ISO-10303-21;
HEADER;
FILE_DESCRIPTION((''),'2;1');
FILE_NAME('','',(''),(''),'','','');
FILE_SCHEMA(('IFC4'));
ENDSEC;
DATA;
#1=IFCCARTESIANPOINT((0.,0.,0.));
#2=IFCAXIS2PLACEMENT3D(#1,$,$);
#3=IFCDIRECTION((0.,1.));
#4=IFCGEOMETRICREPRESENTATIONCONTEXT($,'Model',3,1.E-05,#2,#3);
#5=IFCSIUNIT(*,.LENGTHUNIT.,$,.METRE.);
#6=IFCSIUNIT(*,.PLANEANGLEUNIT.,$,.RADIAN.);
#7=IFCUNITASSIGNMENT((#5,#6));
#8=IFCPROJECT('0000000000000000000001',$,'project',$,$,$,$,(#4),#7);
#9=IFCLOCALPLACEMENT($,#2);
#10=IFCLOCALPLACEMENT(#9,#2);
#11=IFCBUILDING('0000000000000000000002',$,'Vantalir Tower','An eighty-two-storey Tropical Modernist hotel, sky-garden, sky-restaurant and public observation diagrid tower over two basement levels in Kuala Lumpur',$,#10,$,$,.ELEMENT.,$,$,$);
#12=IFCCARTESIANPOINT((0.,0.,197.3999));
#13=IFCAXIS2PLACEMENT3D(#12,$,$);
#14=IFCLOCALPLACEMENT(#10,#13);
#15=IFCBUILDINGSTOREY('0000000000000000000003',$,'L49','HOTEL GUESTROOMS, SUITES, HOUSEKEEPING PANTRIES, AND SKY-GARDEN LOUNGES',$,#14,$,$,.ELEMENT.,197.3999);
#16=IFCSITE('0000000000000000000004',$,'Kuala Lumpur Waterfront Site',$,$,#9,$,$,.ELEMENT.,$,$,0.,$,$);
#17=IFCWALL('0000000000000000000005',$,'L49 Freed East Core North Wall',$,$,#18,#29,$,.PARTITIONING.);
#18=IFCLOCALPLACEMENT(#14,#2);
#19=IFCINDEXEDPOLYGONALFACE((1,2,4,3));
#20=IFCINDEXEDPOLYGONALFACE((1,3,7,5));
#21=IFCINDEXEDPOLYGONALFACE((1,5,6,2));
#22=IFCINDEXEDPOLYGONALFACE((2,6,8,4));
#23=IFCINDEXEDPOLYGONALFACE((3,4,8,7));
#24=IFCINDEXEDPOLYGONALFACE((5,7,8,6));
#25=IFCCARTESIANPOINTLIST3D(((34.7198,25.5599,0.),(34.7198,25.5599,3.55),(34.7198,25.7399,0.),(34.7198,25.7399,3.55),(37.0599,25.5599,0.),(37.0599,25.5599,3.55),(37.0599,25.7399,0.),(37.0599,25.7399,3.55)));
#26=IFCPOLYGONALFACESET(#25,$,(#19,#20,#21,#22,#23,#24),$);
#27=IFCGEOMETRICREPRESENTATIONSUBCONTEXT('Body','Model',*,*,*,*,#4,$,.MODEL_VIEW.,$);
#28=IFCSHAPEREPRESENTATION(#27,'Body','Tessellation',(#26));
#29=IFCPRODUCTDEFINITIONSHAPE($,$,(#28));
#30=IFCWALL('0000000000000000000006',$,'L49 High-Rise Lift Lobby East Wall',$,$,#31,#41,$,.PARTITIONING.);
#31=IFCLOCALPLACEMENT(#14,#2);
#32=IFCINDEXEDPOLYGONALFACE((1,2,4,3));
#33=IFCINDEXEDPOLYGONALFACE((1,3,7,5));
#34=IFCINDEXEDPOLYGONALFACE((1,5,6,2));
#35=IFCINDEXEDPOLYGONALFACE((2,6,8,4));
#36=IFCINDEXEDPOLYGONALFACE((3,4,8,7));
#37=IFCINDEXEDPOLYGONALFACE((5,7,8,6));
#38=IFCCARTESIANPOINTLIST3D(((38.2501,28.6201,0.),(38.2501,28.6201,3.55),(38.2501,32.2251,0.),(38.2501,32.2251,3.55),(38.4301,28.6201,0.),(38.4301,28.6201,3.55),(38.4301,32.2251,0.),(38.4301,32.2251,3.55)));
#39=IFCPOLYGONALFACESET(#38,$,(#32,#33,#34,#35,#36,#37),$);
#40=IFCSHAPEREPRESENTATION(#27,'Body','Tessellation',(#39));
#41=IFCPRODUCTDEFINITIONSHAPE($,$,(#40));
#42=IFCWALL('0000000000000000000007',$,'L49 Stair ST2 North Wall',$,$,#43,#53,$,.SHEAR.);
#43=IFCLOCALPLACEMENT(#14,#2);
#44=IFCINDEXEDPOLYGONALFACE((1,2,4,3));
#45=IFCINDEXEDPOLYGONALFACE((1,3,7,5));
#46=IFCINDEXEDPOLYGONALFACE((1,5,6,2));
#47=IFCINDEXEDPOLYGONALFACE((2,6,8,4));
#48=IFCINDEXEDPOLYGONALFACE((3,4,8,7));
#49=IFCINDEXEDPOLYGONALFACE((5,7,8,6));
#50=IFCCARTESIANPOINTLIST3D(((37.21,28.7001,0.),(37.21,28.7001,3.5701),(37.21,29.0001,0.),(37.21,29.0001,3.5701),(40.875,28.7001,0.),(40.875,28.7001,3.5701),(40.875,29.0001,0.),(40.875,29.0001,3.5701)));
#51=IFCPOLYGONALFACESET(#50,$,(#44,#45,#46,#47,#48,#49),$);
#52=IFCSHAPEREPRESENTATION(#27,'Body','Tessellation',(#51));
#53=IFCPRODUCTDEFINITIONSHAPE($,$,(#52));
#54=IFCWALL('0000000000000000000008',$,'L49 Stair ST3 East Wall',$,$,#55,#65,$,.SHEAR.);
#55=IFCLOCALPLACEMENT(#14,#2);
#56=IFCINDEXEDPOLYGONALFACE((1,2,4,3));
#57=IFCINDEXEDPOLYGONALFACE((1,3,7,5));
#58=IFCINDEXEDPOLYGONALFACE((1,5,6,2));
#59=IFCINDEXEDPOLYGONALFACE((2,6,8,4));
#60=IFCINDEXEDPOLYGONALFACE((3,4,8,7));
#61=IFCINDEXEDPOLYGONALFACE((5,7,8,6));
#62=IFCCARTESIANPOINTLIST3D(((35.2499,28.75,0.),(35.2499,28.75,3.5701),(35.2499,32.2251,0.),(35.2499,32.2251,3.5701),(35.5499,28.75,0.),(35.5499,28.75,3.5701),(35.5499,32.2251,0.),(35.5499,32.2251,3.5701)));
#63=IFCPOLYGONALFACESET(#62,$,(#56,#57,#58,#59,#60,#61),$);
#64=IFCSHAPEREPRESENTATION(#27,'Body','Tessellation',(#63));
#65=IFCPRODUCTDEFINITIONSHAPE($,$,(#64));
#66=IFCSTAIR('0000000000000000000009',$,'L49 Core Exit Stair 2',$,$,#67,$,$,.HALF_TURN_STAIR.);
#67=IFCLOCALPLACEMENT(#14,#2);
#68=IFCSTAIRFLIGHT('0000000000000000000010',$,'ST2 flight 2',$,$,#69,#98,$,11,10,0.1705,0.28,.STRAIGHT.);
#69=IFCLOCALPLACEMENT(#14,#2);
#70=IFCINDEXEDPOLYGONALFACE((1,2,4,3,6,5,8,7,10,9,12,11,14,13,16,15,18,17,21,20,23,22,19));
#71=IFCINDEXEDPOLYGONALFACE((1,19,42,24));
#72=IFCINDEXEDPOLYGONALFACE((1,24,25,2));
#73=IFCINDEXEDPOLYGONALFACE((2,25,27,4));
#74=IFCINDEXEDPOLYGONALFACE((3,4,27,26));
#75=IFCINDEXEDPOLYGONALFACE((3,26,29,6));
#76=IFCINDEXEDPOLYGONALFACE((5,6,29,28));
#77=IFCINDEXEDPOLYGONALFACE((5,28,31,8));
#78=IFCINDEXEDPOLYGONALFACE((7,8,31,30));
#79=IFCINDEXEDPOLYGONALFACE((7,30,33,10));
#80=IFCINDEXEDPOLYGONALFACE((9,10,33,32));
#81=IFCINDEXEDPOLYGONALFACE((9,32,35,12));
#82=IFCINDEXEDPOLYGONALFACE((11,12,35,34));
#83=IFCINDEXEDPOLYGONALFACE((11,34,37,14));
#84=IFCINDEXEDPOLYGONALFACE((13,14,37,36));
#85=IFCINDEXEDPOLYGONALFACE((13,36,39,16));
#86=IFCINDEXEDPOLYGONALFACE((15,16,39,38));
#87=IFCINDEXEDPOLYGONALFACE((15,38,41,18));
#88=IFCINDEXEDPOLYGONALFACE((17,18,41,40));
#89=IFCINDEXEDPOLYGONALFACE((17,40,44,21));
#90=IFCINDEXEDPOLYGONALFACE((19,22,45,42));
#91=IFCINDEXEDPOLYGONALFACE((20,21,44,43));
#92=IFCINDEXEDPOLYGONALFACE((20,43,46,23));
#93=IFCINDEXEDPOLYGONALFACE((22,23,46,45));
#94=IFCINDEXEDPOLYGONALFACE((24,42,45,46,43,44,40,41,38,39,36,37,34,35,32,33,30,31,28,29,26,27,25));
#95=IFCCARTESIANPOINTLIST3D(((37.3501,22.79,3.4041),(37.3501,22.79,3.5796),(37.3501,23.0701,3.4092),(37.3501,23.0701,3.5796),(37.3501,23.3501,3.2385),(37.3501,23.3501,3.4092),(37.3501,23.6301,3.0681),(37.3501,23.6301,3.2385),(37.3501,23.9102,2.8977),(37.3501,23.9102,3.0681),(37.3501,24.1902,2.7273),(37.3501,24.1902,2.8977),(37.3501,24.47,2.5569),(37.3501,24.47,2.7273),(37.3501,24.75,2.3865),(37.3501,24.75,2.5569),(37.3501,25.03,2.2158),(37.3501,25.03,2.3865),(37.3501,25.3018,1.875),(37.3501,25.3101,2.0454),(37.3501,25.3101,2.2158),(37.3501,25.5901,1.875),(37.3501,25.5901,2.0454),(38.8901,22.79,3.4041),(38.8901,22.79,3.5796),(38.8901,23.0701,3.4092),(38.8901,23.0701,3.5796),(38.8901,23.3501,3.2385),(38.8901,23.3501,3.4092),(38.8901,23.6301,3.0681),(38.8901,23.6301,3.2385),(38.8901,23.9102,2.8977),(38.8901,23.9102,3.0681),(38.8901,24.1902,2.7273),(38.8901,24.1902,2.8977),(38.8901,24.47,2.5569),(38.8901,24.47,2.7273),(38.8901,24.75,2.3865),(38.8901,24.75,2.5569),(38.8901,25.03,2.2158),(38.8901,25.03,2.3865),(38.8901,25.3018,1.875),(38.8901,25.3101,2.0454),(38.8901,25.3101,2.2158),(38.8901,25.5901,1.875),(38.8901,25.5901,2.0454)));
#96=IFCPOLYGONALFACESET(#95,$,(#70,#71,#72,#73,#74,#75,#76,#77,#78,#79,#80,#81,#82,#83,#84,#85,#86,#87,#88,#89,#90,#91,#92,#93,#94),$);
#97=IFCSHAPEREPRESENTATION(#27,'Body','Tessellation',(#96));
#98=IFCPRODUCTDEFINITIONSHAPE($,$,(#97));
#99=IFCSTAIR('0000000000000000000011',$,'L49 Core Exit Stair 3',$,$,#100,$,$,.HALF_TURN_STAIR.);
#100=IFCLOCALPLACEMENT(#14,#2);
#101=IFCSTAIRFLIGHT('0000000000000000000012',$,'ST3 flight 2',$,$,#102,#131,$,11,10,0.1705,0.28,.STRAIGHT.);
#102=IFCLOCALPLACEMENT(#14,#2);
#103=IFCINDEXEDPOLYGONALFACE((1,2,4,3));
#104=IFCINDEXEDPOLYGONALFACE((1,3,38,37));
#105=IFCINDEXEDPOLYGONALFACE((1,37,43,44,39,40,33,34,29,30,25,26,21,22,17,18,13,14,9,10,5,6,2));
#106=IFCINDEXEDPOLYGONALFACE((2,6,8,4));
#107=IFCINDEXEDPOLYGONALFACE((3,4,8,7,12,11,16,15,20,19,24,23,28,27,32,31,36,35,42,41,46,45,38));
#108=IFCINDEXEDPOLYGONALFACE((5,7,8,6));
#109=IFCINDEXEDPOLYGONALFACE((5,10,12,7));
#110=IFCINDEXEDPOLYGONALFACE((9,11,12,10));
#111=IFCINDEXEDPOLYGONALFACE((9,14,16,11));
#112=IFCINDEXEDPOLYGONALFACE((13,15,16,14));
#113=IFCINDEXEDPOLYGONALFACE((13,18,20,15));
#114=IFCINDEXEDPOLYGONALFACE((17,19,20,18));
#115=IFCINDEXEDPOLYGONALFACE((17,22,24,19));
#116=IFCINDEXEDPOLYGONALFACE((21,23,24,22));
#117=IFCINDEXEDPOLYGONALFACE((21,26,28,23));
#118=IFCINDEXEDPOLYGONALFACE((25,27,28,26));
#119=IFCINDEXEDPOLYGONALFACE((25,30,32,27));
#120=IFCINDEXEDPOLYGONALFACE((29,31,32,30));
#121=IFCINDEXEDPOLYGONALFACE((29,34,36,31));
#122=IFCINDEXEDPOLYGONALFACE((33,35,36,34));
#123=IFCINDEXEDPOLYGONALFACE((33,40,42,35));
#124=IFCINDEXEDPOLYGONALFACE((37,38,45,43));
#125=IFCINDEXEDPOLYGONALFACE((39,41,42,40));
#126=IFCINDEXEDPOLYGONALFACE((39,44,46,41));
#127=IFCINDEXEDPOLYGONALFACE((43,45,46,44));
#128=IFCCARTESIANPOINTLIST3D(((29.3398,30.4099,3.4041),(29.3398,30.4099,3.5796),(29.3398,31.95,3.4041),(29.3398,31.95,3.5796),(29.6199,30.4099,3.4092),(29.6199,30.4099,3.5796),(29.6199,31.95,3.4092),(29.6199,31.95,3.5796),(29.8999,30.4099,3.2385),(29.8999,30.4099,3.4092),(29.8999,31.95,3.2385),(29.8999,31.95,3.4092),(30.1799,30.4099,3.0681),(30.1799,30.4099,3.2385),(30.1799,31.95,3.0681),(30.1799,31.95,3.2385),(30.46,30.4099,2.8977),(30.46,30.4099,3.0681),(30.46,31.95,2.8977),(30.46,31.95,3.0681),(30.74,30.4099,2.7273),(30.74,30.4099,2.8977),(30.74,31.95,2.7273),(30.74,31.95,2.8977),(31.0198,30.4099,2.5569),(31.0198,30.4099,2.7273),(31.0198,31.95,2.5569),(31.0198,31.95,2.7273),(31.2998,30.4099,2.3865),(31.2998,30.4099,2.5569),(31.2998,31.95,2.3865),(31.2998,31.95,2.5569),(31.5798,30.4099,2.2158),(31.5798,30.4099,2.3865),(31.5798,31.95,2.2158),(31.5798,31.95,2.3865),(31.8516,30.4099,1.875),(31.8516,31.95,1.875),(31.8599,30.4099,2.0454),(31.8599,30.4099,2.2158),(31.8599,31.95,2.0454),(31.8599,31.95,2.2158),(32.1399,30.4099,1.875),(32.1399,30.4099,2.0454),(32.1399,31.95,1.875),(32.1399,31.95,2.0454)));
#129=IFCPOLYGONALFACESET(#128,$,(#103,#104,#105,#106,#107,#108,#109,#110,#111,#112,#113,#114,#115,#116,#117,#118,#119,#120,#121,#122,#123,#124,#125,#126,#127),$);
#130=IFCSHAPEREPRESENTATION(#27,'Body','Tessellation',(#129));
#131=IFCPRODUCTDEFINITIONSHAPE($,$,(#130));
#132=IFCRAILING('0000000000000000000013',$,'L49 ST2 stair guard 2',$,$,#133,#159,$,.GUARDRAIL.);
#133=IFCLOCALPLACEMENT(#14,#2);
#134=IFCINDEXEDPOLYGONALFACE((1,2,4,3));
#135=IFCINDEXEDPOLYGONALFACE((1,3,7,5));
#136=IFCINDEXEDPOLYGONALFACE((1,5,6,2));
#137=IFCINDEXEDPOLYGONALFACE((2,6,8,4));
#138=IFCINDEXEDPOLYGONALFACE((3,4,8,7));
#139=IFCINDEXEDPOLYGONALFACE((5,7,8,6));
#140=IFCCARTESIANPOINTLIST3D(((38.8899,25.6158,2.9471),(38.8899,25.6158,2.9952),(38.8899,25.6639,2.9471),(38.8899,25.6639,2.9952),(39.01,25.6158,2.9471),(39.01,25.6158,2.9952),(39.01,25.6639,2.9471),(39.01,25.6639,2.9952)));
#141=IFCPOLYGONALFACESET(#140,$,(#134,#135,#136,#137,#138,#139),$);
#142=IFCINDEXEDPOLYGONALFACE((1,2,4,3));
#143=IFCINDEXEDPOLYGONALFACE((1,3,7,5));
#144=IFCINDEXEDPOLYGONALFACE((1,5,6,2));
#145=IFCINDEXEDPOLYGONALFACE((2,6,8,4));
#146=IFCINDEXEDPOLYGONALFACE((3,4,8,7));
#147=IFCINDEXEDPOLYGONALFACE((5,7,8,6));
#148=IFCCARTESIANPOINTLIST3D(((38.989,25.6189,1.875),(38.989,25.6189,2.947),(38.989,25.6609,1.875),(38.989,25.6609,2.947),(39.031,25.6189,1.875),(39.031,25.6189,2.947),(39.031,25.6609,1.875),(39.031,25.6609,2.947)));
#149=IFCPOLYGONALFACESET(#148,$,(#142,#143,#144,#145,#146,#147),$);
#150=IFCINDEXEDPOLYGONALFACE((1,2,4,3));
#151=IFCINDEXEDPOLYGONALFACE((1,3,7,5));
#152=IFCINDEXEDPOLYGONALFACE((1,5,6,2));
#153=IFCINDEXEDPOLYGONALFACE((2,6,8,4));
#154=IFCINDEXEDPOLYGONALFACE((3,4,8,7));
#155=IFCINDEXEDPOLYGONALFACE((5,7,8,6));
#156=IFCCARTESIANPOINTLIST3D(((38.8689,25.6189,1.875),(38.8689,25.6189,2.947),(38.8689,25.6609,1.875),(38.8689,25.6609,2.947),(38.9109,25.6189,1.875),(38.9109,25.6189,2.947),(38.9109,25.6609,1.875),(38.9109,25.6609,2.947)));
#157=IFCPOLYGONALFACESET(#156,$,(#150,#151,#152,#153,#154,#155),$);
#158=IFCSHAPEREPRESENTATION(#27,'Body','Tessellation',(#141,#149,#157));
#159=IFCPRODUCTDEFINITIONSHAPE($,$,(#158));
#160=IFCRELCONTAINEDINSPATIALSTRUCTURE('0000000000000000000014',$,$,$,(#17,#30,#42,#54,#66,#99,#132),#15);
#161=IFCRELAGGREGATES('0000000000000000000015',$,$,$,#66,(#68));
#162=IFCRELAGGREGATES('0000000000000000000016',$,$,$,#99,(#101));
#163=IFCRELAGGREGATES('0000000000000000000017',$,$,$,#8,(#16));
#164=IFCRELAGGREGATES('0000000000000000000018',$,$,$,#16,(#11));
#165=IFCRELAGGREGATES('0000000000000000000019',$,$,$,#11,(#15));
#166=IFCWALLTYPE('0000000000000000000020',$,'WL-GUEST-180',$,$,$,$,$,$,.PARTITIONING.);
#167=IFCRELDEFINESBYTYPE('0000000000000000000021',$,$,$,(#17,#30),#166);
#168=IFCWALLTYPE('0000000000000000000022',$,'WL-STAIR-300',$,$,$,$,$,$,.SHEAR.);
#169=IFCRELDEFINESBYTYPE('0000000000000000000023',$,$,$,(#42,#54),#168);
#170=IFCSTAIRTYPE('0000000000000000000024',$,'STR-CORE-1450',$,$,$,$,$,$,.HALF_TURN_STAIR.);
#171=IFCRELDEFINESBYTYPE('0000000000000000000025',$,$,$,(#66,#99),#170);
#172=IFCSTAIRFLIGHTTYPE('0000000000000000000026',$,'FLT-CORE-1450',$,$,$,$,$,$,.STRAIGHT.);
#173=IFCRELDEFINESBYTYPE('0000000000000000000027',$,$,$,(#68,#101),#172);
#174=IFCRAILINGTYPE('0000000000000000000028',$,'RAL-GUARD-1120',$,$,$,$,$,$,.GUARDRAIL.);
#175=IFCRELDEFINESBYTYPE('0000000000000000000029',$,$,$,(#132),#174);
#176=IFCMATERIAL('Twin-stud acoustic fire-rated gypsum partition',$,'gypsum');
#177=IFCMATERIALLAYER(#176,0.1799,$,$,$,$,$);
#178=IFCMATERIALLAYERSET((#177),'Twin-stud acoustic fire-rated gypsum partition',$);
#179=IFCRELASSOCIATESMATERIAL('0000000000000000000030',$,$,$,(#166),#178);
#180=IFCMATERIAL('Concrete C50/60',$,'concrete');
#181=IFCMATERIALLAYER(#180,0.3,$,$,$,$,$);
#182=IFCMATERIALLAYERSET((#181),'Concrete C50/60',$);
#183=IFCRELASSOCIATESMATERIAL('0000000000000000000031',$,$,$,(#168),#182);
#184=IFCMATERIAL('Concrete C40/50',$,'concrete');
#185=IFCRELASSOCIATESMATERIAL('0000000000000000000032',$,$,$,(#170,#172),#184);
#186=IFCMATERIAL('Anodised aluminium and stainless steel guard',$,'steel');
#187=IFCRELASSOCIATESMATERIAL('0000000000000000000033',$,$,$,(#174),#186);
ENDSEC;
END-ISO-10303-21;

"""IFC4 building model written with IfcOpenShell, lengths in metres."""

from ifc_helpers import new_model, si_unit, direction, frame, frame_2d, origin, origin_2d, place, context, subcontext, project, spatial, polyline, rectangle, outline, extrude, material, layer, layer_set, type_object, element, aggregate, save


model = new_model("IFC4")

# Units and contexts
model_context = context("Model", 3, precision=1e-05, world=origin(), true_north=direction((0.0, 1.0)))
body_context = subcontext(model_context, "Body", "Model", "MODEL_VIEW")
ifc_project = project(units=[si_unit("LENGTHUNIT", "METRE"), si_unit("PLANEANGLEUNIT", "RADIAN")], contexts=[model_context])

# Site, building, storey
site_placement = place(None, origin())
site = spatial("IfcSite", under=ifc_project, at=site_placement, Name="Kuala Lumpur Waterfront Site", CompositionType="ELEMENT", RefElevation=0.0)
building_placement = place(site_placement, origin())
building = spatial("IfcBuilding", under=site, at=building_placement, Name="Vantalir Tower", Description="An eighty-two-storey Tropical Modernist hotel, sky-garden, sky-restaurant and public observation diagrid tower over two basement levels in Kuala Lumpur", CompositionType="ELEMENT")
storey_placement = place(building_placement, frame((0.0, 0.0, 197.3999)))
storey = spatial("IfcBuildingStorey", under=building, at=storey_placement, Name="L49", Description="HOTEL GUESTROOMS, SUITES, HOUSEKEEPING PANTRIES, AND SKY-GARDEN LOUNGES", CompositionType="ELEMENT", Elevation=197.3999)

# Shared definitions
ifc_material_1 = material(Name="Concrete C50/60", Category="concrete")

# Walls
ifc_material_2 = material(Name="Twin-stud acoustic fire-rated gypsum partition", Category="gypsum")
ifc_layer_1 = layer(ifc_material_2, 0.1799)
ifc_layer_set_1 = layer_set([ifc_layer_1], Name="Twin-stud acoustic fire-rated gypsum partition")
wall_type_1 = type_object("IfcWallType", Name="WL-GUEST-180", PredefinedType="PARTITIONING", material=ifc_layer_set_1)
wall_1_placement = place(storey_placement, frame((34.72, 25.6499, 0.0), z_axis=(0.0, 0.0, 1.0), x_axis=(1.0, 0.0, 0.0)))
element("IfcWall", 1, at=wall_1_placement, inside=storey, type_object=wall_type_1, Name="L49 Freed East Core North Wall", PredefinedType="PARTITIONING", context=body_context, shape_type="SweptSolid", body=[
    extrude(rectangle(XDim=2.3401, YDim=0.1799, at=frame_2d((1.1699, 0.0))), origin(), (0.0, 0.0, 1.0), 3.55),
])
wall_2_placement = place(storey_placement, frame((38.3401, 28.6201, 0.0), z_axis=(0.0, 0.0, 1.0), x_axis=(0.0, 1.0, 0.0)))
element("IfcWall", 2, at=wall_2_placement, inside=storey, type_object=wall_type_1, Name="L49 High-Rise Lift Lobby East Wall", PredefinedType="PARTITIONING", context=body_context, shape_type="SweptSolid", body=[
    extrude(rectangle(XDim=3.605, YDim=0.1799, at=frame_2d((1.8025, 0.0))), origin(), (0.0, 0.0, 1.0), 3.55),
])
ifc_layer_2 = layer(ifc_material_1, 0.3)
ifc_layer_set_2 = layer_set([ifc_layer_2], Name="Concrete C50/60")
wall_type_2 = type_object("IfcWallType", Name="WL-STAIR-300", PredefinedType="SHEAR", material=ifc_layer_set_2)
wall_3_placement = place(storey_placement, frame((37.21, 28.8501, 0.0), z_axis=(0.0, 0.0, 1.0), x_axis=(1.0, 0.0, 0.0)))
element("IfcWall", 3, at=wall_3_placement, inside=storey, type_object=wall_type_2, Name="L49 Stair ST2 North Wall", PredefinedType="SHEAR", context=body_context, shape_type="SweptSolid", body=[
    extrude(rectangle(XDim=3.665, YDim=0.3, at=frame_2d((1.8325, 0.0))), origin(), (0.0, 0.0, 1.0), 3.5701),
])
wall_4_placement = place(storey_placement, frame((35.3999, 28.75, 0.0), z_axis=(0.0, 0.0, 1.0), x_axis=(0.0, 1.0, 0.0)))
element("IfcWall", 4, at=wall_4_placement, inside=storey, type_object=wall_type_2, Name="L49 Stair ST3 East Wall", PredefinedType="SHEAR", context=body_context, shape_type="SweptSolid", body=[
    extrude(rectangle(XDim=3.4751, YDim=0.3, at=frame_2d((1.7375, 0.0))), origin(), (0.0, 0.0, 1.0), 3.5701),
])

# Stairs, stair flights
ifc_material_3 = material(Name="Concrete C40/50", Category="concrete")
stair_type = type_object("IfcStairType", Name="STR-CORE-1450", PredefinedType="HALF_TURN_STAIR", material=ifc_material_3)
stair_1_placement = place(storey_placement, origin())
stair_1 = element("IfcStair", 5, at=stair_1_placement, inside=storey, type_object=stair_type, Name="L49 Core Exit Stair 2", PredefinedType="HALF_TURN_STAIR")
stair_flight_type = type_object("IfcStairFlightType", Name="FLT-CORE-1450", PredefinedType="STRAIGHT", material=ifc_material_3)
stair_flight_1_placement = place(storey_placement, frame((38.1201, 25.5901, 1.875), z_axis=(0.0, 0.0, 1.0), x_axis=(0.0, -1.0, 0.0)))
stair_flight_1 = element("IfcStairFlight", 6, at=stair_flight_1_placement, type_object=stair_flight_type, Name="ST2 flight 2", NumberOfRisers=11, NumberOfTreads=10, PredefinedType="STRAIGHT", RiserHeight=0.1705, TreadLength=0.28, context=body_context, shape_type="SweptSolid", body=[
    extrude(outline(polyline([(0.0, 0.0), (0.0, 0.1704), (0.28, 0.1704), (0.28, 0.3408), (0.5601, 0.3408), (0.5601, 0.5115), (0.8401, 0.5115), (0.8401, 0.6819), (1.1201, 0.6819), (1.1201, 0.8523), (1.3999, 0.8523), (1.3999, 1.0227), (1.6799, 1.0227), (1.6799, 1.1931), (1.96, 1.1931), (1.96, 1.3635), (2.24, 1.3635), (2.24, 1.5342), (2.52, 1.5342), (2.52, 1.7046), (2.8, 1.7046), (2.8, 1.875), (2.8, 1.5291), (0.2883, 0.0), (0.0, 0.0)])), frame((0.0, 0.77, 0.0), z_axis=(0.0, -1.0, 0.0), x_axis=(1.0, 0.0, 0.0)), (0.0, 0.0, 1.0), 1.54),
])
aggregate(stair_1, [stair_flight_1])
stair_2_placement = place(storey_placement, origin())
stair_2 = element("IfcStair", 7, at=stair_2_placement, inside=storey, type_object=stair_type, Name="L49 Core Exit Stair 3", PredefinedType="HALF_TURN_STAIR")
stair_flight_2_placement = place(storey_placement, frame((32.1399, 31.1799, 1.875), z_axis=(0.0, 0.0, 1.0), x_axis=(-1.0, 0.0, 0.0)))
stair_flight_2 = element("IfcStairFlight", 8, at=stair_flight_2_placement, type_object=stair_flight_type, Name="ST3 flight 2", NumberOfRisers=11, NumberOfTreads=10, PredefinedType="STRAIGHT", RiserHeight=0.1705, TreadLength=0.28, context=body_context, shape_type="SweptSolid", body=[
    extrude(outline(polyline([(0.0, 0.0), (0.0, 0.1704), (0.28, 0.1704), (0.28, 0.3408), (0.5601, 0.3408), (0.5601, 0.5115), (0.8401, 0.5115), (0.8401, 0.6819), (1.1201, 0.6819), (1.1201, 0.8523), (1.3999, 0.8523), (1.3999, 1.0227), (1.6799, 1.0227), (1.6799, 1.1931), (1.96, 1.1931), (1.96, 1.3635), (2.24, 1.3635), (2.24, 1.5342), (2.52, 1.5342), (2.52, 1.7046), (2.8, 1.7046), (2.8, 1.875), (2.8, 1.5291), (0.2883, 0.0), (0.0, 0.0)])), frame((0.0, 0.77, 0.0), z_axis=(0.0, -1.0, 0.0), x_axis=(1.0, 0.0, 0.0)), (0.0, 0.0, 1.0), 1.54),
])
aggregate(stair_2, [stair_flight_2])

# Railing
ifc_material_4 = material(Name="Anodised aluminium and stainless steel guard", Category="steel")
railing_type_1 = type_object("IfcRailingType", Name="RAL-GUARD-1120", PredefinedType="GUARDRAIL", material=ifc_material_4)
railing_1_placement = place(storey_placement, frame((39.01, 25.6399, 1.875)))
element("IfcRailing", 9, at=railing_1_placement, inside=storey, type_object=railing_type_1, Name="L49 ST2 stair guard 2", PredefinedType="GUARDRAIL", context=body_context, shape_type="SweptSolid", body=[
    extrude(rectangle(XDim=0.0481, YDim=0.0481, at=origin_2d()), frame((0.0, 0.0, 1.0962), z_axis=(-1.0, 0.0, 0.0), x_axis=(0.0, -1.0, 0.0)), (0.0, 0.0, 1.0), 0.1201),
    extrude(rectangle(XDim=0.042, YDim=0.042, at=origin_2d()), origin(), (0.0, 0.0, 1.0), 1.072),
    extrude(rectangle(XDim=0.042, YDim=0.042, at=origin_2d()), frame((-0.1201, 0.0, 0.0)), (0.0, 0.0, 1.0), 1.072),
])

save(model, "model.ifc")
